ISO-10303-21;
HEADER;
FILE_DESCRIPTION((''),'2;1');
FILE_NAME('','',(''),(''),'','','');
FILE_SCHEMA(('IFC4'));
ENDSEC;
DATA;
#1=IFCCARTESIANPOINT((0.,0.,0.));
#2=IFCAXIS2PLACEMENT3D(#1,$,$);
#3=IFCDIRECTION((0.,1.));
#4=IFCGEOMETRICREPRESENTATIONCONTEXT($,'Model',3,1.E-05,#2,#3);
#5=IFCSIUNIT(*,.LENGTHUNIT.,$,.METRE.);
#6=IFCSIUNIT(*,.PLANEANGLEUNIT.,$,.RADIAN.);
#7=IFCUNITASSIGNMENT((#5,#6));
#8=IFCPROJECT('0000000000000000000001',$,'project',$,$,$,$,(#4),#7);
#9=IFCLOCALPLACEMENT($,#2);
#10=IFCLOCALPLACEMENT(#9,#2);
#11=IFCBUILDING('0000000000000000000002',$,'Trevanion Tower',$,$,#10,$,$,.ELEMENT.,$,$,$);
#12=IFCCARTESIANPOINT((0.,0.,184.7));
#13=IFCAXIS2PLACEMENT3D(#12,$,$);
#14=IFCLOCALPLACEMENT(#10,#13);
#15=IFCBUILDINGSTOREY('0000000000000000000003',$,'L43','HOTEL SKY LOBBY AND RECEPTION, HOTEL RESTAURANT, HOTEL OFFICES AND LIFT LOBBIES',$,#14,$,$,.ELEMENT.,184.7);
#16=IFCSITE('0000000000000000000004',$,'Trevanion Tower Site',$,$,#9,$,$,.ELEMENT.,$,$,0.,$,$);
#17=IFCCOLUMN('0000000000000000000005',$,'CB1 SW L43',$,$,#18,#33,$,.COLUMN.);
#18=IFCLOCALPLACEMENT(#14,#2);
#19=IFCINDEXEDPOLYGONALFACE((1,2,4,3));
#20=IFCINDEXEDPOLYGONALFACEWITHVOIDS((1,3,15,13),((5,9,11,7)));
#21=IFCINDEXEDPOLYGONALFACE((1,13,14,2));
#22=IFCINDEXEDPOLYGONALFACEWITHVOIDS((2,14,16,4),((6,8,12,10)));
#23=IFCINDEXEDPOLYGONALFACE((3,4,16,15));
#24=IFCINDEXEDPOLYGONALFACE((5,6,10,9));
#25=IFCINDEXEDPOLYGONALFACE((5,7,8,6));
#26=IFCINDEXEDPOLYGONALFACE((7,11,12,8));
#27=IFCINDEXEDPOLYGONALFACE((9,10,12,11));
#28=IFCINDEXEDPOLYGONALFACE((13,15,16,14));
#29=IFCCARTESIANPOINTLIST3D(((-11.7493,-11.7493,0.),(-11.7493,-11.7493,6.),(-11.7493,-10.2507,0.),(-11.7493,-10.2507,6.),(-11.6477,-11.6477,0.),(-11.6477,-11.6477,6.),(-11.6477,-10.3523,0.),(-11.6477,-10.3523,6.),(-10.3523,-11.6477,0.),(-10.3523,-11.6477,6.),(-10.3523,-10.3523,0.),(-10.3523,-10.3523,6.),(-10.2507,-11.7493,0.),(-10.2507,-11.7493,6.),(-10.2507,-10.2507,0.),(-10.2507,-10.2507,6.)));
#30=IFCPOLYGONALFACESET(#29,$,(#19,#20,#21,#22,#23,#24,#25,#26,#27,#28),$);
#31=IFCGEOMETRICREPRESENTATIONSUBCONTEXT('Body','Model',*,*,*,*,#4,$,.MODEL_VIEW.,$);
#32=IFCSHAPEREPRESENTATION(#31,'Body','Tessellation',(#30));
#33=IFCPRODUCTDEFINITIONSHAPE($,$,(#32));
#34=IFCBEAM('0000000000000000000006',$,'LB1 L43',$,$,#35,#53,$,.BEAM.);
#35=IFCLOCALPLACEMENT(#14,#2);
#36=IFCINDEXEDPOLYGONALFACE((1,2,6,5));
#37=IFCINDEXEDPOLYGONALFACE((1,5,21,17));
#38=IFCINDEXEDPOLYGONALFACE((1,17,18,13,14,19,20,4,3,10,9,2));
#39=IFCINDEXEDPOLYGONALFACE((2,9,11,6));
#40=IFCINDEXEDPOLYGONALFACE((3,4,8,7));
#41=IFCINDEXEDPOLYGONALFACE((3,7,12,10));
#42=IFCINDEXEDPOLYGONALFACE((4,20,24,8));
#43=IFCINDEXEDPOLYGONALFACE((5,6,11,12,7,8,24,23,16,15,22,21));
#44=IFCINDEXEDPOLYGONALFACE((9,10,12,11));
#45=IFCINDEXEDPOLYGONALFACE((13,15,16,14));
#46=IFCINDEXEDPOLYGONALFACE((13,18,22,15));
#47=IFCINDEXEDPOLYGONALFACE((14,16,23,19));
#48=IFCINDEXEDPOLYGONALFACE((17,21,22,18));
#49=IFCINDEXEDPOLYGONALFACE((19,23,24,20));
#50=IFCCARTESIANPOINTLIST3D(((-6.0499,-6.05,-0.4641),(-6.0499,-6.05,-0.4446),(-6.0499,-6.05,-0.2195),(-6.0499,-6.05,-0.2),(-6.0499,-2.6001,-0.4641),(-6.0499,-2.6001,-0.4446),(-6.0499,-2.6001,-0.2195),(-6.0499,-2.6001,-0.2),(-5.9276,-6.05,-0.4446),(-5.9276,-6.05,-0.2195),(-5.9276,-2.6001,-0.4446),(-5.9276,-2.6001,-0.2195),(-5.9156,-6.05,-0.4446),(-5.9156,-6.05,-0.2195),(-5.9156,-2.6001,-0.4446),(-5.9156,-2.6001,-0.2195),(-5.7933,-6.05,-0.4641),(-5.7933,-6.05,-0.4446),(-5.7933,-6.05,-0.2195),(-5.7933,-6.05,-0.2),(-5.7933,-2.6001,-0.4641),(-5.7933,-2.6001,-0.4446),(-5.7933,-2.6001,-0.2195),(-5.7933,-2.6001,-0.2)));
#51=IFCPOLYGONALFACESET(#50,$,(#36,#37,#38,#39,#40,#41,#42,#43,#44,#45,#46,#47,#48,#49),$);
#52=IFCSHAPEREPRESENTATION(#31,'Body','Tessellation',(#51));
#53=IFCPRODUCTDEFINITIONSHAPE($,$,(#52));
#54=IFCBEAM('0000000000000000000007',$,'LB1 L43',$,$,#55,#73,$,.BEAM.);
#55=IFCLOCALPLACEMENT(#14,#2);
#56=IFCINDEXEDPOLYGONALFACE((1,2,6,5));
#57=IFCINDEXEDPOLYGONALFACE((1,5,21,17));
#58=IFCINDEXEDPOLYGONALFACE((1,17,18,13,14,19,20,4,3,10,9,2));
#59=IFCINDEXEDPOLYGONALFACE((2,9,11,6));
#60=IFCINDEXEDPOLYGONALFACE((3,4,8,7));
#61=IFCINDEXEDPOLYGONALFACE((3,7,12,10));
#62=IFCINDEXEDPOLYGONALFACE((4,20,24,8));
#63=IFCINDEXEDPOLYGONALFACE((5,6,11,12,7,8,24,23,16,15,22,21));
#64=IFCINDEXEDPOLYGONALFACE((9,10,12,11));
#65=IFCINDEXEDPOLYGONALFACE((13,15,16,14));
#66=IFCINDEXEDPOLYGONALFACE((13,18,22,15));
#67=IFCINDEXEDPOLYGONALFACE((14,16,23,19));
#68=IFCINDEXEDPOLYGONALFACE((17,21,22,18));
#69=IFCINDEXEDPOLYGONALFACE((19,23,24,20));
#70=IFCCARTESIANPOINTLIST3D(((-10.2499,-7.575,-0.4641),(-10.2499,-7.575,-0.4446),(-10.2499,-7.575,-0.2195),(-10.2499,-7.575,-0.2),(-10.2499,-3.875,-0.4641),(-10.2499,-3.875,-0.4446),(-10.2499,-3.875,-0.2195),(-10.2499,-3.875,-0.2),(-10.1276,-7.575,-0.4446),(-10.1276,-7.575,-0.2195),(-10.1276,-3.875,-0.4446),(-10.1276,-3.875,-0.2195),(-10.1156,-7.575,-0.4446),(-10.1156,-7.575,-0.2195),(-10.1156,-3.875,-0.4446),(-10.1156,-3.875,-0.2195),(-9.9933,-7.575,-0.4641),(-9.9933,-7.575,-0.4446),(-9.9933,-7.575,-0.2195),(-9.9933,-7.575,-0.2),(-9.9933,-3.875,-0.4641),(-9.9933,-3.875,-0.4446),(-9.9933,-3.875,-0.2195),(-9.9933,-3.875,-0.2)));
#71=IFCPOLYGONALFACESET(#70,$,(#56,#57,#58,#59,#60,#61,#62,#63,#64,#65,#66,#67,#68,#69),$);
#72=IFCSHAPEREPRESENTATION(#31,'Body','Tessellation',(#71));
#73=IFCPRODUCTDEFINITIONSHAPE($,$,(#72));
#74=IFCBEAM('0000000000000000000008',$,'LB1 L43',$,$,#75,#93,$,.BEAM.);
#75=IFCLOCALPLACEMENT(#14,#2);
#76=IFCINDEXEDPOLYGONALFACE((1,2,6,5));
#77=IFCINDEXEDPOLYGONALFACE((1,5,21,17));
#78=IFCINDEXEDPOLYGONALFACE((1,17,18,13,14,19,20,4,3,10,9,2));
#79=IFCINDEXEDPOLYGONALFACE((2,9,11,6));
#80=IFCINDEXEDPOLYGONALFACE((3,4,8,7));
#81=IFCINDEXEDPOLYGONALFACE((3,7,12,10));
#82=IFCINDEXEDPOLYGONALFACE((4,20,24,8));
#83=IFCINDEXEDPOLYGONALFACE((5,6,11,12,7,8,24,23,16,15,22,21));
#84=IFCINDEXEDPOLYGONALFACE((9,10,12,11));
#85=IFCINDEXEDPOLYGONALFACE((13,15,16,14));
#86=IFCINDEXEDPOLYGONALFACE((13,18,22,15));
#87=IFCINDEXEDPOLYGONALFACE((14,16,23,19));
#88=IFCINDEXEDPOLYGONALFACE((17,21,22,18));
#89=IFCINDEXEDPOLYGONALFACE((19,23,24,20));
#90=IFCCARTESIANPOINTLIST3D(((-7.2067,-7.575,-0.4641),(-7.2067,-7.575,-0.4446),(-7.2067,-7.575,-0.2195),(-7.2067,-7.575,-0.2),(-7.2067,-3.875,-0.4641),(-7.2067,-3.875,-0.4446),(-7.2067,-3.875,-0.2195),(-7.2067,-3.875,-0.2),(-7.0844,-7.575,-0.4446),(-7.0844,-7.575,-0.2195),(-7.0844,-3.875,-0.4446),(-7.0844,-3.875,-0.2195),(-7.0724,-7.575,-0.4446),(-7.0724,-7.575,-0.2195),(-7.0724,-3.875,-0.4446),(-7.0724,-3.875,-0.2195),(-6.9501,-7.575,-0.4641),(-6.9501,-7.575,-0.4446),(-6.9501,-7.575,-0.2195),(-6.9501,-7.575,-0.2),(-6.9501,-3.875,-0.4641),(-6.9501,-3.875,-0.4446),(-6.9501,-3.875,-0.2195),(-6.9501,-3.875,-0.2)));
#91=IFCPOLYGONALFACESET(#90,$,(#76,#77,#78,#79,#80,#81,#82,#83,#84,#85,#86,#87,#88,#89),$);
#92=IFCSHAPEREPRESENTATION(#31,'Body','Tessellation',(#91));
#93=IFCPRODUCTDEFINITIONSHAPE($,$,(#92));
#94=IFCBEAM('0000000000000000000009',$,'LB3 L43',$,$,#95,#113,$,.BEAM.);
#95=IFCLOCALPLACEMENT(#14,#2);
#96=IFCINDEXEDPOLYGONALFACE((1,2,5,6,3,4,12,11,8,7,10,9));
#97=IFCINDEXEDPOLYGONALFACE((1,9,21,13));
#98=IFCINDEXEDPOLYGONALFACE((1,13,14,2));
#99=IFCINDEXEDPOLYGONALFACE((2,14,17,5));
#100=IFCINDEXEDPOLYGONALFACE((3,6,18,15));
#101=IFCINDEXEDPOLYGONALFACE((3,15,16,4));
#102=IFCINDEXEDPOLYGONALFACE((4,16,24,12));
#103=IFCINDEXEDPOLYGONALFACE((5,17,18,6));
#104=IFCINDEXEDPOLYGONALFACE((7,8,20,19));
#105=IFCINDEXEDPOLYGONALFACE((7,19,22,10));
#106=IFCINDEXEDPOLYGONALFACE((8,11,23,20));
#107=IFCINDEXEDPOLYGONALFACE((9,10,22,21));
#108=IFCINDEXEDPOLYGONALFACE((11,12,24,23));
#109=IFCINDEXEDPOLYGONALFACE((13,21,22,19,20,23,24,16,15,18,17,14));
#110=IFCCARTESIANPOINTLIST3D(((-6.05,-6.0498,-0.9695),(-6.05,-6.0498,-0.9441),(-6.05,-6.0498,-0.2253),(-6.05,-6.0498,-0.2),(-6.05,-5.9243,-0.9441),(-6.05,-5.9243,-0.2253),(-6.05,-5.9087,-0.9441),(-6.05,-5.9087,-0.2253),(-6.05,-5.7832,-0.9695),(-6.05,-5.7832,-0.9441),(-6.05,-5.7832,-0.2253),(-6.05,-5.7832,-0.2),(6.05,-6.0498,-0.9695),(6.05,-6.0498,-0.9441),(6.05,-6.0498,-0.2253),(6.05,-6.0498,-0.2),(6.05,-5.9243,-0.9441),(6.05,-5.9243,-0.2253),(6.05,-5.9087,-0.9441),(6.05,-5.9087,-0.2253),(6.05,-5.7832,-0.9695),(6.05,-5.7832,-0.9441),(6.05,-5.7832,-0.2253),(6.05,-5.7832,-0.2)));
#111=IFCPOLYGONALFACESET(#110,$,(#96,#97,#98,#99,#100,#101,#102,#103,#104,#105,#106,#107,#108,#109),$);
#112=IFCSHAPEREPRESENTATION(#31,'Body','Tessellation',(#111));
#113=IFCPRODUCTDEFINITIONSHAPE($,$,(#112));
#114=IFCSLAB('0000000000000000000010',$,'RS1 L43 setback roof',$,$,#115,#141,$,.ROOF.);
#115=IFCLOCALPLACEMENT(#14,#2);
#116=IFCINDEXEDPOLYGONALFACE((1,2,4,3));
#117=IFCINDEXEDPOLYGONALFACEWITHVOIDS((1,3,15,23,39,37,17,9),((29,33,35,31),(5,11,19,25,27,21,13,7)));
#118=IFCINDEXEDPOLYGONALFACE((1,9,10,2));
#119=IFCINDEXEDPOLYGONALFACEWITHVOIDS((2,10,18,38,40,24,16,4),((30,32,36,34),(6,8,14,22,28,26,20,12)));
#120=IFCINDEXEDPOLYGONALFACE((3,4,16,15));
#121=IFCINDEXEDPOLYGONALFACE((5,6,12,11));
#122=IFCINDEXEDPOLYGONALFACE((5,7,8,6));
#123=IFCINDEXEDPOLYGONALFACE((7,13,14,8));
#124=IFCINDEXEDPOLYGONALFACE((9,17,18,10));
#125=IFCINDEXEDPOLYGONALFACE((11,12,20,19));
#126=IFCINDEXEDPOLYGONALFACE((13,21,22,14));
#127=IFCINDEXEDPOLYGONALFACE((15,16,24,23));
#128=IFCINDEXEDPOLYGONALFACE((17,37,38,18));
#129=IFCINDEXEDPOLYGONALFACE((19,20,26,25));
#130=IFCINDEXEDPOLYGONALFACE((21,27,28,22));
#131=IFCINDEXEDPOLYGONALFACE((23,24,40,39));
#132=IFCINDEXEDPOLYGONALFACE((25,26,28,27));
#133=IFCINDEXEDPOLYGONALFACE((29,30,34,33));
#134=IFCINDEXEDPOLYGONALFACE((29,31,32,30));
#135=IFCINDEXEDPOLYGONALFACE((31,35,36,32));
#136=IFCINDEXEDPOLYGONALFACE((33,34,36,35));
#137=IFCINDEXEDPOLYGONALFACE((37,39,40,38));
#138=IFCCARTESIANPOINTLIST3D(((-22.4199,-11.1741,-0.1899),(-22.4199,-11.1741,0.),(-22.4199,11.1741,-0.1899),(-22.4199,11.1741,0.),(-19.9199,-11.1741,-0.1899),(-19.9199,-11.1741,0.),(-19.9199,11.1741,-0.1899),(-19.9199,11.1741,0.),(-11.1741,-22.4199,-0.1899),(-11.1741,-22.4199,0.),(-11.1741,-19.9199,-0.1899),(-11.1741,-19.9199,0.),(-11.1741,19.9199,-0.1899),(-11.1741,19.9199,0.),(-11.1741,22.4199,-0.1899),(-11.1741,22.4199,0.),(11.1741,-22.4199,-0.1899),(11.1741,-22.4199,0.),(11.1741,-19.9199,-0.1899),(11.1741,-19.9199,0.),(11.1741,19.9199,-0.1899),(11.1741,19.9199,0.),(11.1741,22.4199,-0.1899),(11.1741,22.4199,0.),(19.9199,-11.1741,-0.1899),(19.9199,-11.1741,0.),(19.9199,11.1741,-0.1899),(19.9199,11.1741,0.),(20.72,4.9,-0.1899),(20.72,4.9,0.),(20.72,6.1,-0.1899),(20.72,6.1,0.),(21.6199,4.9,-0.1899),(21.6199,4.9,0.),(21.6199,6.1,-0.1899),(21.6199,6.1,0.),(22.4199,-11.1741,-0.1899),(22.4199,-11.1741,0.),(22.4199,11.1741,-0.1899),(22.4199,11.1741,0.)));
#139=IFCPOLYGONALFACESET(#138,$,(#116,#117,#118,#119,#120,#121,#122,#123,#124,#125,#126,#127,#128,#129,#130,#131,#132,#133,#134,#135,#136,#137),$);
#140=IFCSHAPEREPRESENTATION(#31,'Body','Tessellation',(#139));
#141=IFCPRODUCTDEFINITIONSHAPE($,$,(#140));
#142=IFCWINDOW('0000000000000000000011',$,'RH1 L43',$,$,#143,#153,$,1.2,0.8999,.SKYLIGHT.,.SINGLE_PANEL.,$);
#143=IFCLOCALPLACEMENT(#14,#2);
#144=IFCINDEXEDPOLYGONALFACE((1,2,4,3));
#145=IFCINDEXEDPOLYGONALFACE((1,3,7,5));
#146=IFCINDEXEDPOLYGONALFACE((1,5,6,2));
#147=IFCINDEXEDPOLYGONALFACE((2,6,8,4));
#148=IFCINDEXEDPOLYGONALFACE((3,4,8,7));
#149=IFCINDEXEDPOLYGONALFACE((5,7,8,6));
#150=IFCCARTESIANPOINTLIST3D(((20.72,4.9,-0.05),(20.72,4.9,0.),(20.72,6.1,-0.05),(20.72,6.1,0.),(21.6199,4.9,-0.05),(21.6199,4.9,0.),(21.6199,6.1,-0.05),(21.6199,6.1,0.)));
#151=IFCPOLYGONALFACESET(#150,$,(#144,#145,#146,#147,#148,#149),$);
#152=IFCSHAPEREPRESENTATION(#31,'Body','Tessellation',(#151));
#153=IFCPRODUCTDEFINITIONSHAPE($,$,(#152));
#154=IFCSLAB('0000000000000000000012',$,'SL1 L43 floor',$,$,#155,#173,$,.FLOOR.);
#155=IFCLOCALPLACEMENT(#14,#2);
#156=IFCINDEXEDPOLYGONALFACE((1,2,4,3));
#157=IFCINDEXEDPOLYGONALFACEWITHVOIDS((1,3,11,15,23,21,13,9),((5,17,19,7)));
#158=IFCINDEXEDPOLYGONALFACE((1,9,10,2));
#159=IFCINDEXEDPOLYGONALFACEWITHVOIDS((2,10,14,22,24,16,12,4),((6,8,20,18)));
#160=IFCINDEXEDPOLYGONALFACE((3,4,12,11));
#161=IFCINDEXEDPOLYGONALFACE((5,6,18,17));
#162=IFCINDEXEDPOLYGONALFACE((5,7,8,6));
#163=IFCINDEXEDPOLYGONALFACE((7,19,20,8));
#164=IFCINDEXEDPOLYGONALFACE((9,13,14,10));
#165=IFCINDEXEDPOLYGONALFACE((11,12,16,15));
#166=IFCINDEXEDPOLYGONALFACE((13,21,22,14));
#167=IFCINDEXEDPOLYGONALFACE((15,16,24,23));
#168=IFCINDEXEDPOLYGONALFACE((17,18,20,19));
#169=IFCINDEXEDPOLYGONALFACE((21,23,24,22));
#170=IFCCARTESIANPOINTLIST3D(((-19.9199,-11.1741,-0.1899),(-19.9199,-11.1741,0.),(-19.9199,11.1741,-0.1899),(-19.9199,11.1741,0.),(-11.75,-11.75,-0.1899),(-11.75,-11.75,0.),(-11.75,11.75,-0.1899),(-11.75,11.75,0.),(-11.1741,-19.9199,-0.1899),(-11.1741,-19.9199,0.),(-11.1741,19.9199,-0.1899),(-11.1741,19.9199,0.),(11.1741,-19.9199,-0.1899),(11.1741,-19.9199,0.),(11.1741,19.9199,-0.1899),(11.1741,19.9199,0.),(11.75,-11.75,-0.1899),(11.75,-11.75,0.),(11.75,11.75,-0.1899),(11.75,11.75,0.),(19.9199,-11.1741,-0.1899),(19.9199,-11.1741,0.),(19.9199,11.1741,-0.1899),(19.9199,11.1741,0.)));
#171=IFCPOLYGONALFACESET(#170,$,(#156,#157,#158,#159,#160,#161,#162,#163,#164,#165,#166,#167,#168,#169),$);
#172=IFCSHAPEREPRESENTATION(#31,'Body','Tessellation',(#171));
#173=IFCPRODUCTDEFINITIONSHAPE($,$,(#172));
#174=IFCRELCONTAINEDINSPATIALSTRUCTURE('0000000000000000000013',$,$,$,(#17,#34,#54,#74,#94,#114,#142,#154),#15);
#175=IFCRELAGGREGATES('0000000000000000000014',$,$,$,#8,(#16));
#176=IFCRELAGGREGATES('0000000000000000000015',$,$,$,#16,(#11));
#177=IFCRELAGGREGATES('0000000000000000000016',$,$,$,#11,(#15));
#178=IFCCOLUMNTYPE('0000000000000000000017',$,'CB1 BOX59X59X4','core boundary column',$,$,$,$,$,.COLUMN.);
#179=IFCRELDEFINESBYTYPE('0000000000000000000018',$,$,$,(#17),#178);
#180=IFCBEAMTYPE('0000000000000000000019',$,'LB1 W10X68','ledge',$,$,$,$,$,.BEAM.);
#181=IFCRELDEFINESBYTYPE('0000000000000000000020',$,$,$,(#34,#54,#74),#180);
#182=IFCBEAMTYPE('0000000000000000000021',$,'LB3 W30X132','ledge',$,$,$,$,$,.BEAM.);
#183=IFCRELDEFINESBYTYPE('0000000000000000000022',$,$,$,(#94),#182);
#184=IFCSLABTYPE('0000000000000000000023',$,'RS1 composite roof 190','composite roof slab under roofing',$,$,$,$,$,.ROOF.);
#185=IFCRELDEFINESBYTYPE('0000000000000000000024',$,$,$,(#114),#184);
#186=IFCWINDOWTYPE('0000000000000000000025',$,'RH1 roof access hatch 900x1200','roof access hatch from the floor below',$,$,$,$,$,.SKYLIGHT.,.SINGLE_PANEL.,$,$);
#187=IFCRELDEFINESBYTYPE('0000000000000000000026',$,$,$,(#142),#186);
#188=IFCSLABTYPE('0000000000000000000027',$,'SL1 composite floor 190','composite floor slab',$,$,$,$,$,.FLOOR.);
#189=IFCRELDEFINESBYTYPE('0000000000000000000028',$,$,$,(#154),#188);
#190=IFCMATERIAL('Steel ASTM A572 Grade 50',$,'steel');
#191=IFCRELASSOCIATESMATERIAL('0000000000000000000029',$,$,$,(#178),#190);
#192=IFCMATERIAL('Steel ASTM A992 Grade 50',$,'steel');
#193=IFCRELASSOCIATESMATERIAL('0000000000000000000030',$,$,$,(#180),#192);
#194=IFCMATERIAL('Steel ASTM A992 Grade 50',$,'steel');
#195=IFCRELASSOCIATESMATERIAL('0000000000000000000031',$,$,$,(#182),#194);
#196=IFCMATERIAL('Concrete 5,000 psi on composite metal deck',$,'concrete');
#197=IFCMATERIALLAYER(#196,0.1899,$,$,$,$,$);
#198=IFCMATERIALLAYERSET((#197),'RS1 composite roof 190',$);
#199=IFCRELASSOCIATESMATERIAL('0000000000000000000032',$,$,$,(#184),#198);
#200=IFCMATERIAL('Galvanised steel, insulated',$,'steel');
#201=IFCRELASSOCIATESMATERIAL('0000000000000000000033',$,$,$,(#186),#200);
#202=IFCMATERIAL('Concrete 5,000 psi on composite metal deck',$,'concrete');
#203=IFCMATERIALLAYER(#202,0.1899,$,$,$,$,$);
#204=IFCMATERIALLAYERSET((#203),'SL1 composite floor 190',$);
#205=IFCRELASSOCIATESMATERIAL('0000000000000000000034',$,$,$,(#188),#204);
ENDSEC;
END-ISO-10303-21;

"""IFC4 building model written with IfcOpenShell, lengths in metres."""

from ifc_helpers import new_model, si_unit, direction, frame, origin, origin_2d, place, context, subcontext, project, spatial, polyline, rectangle, hollow_rectangle, i_section, outline, extrude, material, layer, layer_set, material_profile, profile_set, type_object, element, fill, save


model = new_model("IFC4")

# Units and contexts
model_context = context("Model", 3, precision=1e-05, world=origin(), true_north=direction((0.0, 1.0)))
body_context = subcontext(model_context, "Body", "Model", "MODEL_VIEW")
ifc_project = project(units=[si_unit("LENGTHUNIT", "METRE"), si_unit("PLANEANGLEUNIT", "RADIAN")], contexts=[model_context])

# Site, building, storey
site_placement = place(None, origin())
site = spatial("IfcSite", under=ifc_project, at=site_placement, Name="Trevanion Tower Site", CompositionType="ELEMENT", RefElevation=0.0)
building_placement = place(site_placement, origin())
building = spatial("IfcBuilding", under=site, at=building_placement, Name="Trevanion Tower", CompositionType="ELEMENT")
storey_placement = place(building_placement, frame((0.0, 0.0, 184.7)))
storey = spatial("IfcBuildingStorey", under=building, at=storey_placement, Name="L43", Description="HOTEL SKY LOBBY AND RECEPTION, HOTEL RESTAURANT, HOTEL OFFICES AND LIFT LOBBIES", CompositionType="ELEMENT", Elevation=184.7)

# Column
ifc_material_1 = material(Name="Steel ASTM A572 Grade 50", Category="steel")
ifc_material_profile_1 = material_profile(ifc_material_1, hollow_rectangle(XDim=1.4985, YDim=1.4985, WallThickness=0.1016, at=origin_2d()), Name="BOX59X59X4")
ifc_profile_set_1 = profile_set([ifc_material_profile_1], Name="Steel ASTM A572 Grade 50")
column_type = type_object("IfcColumnType", Name="CB1 BOX59X59X4", Description="core boundary column", PredefinedType="COLUMN", material=ifc_profile_set_1)
column_placement = place(storey_placement, frame((-11.0, -11.0, 0.0), z_axis=(0.0, 0.0, 1.0), x_axis=(1.0, 0.0, 0.0)))
element("IfcColumn", 1, at=column_placement, inside=storey, type_object=column_type, Name="CB1 SW L43", PredefinedType="COLUMN", context=body_context, shape_type="SweptSolid", body=[
    extrude(hollow_rectangle(XDim=1.4985, YDim=1.4985, WallThickness=0.1016, at=origin_2d()), origin(), (0.0, 0.0, 1.0), 6.0),
])

# Beams
ifc_material_2 = material(Name="Steel ASTM A992 Grade 50", Category="steel")
ifc_material_profile_2 = material_profile(ifc_material_2, i_section(OverallWidth=0.2566, OverallDepth=0.2642, WebThickness=0.012, FlangeThickness=0.0195, at=origin_2d()), Name="W10X68")
ifc_profile_set_2 = profile_set([ifc_material_profile_2], Name="Steel ASTM A992 Grade 50")
beam_type_1 = type_object("IfcBeamType", Name="LB1 W10X68", Description="ledge", PredefinedType="BEAM", material=ifc_profile_set_2)
beam_1_placement = place(storey_placement, frame((-5.9216, -6.05, -0.332), z_axis=(0.0, 1.0, 0.0), x_axis=(-1.0, 0.0, 0.0)))
element("IfcBeam", 2, at=beam_1_placement, inside=storey, type_object=beam_type_1, Name="LB1 L43", PredefinedType="BEAM", context=body_context, shape_type="SweptSolid", body=[
    extrude(i_section(OverallWidth=0.2566, OverallDepth=0.2642, WebThickness=0.012, FlangeThickness=0.0195, at=origin_2d()), origin(), (0.0, 0.0, 1.0), 3.45),
])
for number, where, z_axis, x_axis, name in (
    (3, (-10.1216, -7.575, -0.332), (0.0, 1.0, 0.0), (-1.0, 0.0, 0.0), "LB1 L43"),
    (4, (-7.0784, -7.575, -0.332), (0.0, 1.0, 0.0), (-1.0, 0.0, 0.0), "LB1 L43"),
):
    element("IfcBeam", number, at=place(storey_placement, frame(where, z_axis=z_axis, x_axis=x_axis)), inside=storey, type_object=beam_type_1, Name=name, PredefinedType="BEAM", context=body_context, shape_type="SweptSolid", body=[
        extrude(i_section(OverallWidth=0.2566, OverallDepth=0.2642, WebThickness=0.012, FlangeThickness=0.0195, at=origin_2d()), origin(), (0.0, 0.0, 1.0), 3.7),
    ])
ifc_material_3 = material(Name="Steel ASTM A992 Grade 50", Category="steel")
ifc_material_profile_3 = material_profile(ifc_material_3, i_section(OverallWidth=0.2666, OverallDepth=0.7695, WebThickness=0.0156, FlangeThickness=0.0254, at=origin_2d()), Name="W30X132")
ifc_profile_set_3 = profile_set([ifc_material_profile_3], Name="Steel ASTM A992 Grade 50")
beam_type_2 = type_object("IfcBeamType", Name="LB3 W30X132", Description="ledge", PredefinedType="BEAM", material=ifc_profile_set_3)
beam_2_placement = place(storey_placement, frame((-6.05, -5.9165, -0.5847), z_axis=(1.0, 0.0, 0.0), x_axis=(0.0, 1.0, 0.0)))
element("IfcBeam", 5, at=beam_2_placement, inside=storey, type_object=beam_type_2, Name="LB3 L43", PredefinedType="BEAM", context=body_context, shape_type="SweptSolid", body=[
    extrude(i_section(OverallWidth=0.2666, OverallDepth=0.7695, WebThickness=0.0156, FlangeThickness=0.0254, at=origin_2d()), origin(), (0.0, 0.0, 1.0), 12.1001),
])

# Slab, opening, window
ifc_material_4 = material(Name="Concrete 5,000 psi on composite metal deck", Category="concrete")
ifc_layer_1 = layer(ifc_material_4, 0.1899)
ifc_layer_set_1 = layer_set([ifc_layer_1], Name="RS1 composite roof 190")
slab_type_1 = type_object("IfcSlabType", Name="RS1 composite roof 190", Description="composite roof slab under roofing", PredefinedType="ROOF", material=ifc_layer_set_1)
slab_1_placement = place(storey_placement, frame((0.0, 0.0, -0.1899)))
slab_1 = element("IfcSlab", 6, at=slab_1_placement, inside=storey, type_object=slab_type_1, Name="RS1 L43 setback roof", PredefinedType="ROOF", context=body_context, shape_type="SweptSolid", body=[
    extrude(outline(polyline([(22.4199, -11.1741), (22.4199, 11.1741), (11.1741, 22.4199), (-11.1741, 22.4199), (-22.4199, 11.1741), (-22.4199, -11.1741), (-11.1741, -22.4199), (11.1741, -22.4199), (22.4199, -11.1741)]), holes=[polyline([(11.1741, -19.9199), (-11.1741, -19.9199), (-19.9199, -11.1741), (-19.9199, 11.1741), (-11.1741, 19.9199), (11.1741, 19.9199), (19.9199, 11.1741), (19.9199, -11.1741), (11.1741, -19.9199)])]), origin(), (0.0, 0.0, 1.0), 0.1899),
])
opening_1_placement = place(slab_1_placement, frame((21.1699, 5.5, 0.0)))
opening_1 = element("IfcOpeningElement", 7, at=opening_1_placement, cuts=slab_1, PredefinedType="OPENING", context=body_context, shape_type="SweptSolid", body=[
    extrude(rectangle(XDim=0.8999, YDim=1.2, at=origin_2d()), origin(), (0.0, 0.0, 1.0), 0.1899),
])
ifc_material_5 = material(Name="Galvanised steel, insulated", Category="steel")
window_type = type_object("IfcWindowType", Name="RH1 roof access hatch 900x1200", Description="roof access hatch from the floor below", PartitioningType="SINGLE_PANEL", PredefinedType="SKYLIGHT", material=ifc_material_5)
window_placement = place(opening_1_placement, frame((0.0, 0.0, 0.1399)))
window = element("IfcWindow", 8, at=window_placement, inside=storey, type_object=window_type, Name="RH1 L43", OverallHeight=1.2, OverallWidth=0.8999, PartitioningType="SINGLE_PANEL", PredefinedType="SKYLIGHT", context=body_context, shape_type="SweptSolid", body=[
    extrude(rectangle(XDim=0.8999, YDim=1.2, at=origin_2d()), origin(), (0.0, 0.0, 1.0), 0.05),
])
fill(opening_1, window)

# Slab
ifc_material_6 = material(Name="Concrete 5,000 psi on composite metal deck", Category="concrete")
ifc_layer_2 = layer(ifc_material_6, 0.1899)
ifc_layer_set_2 = layer_set([ifc_layer_2], Name="SL1 composite floor 190")
slab_type_2 = type_object("IfcSlabType", Name="SL1 composite floor 190", Description="composite floor slab", PredefinedType="FLOOR", material=ifc_layer_set_2)
slab_2_placement = place(storey_placement, frame((0.0, 0.0, -0.1899)))
element("IfcSlab", 9, at=slab_2_placement, inside=storey, type_object=slab_type_2, Name="SL1 L43 floor", PredefinedType="FLOOR", context=body_context, shape_type="SweptSolid", body=[
    extrude(outline(polyline([(19.9199, -11.1741), (19.9199, 11.1741), (11.1741, 19.9199), (-11.1741, 19.9199), (-19.9199, 11.1741), (-19.9199, -11.1741), (-11.1741, -19.9199), (11.1741, -19.9199), (19.9199, -11.1741)]), holes=[polyline([(11.75, -11.75), (11.75, 11.75), (-11.75, 11.75), (-11.75, -11.75), (11.75, -11.75)])]), origin(), (0.0, 0.0, 1.0), 0.1899),
])

save(model, "model.ifc")
